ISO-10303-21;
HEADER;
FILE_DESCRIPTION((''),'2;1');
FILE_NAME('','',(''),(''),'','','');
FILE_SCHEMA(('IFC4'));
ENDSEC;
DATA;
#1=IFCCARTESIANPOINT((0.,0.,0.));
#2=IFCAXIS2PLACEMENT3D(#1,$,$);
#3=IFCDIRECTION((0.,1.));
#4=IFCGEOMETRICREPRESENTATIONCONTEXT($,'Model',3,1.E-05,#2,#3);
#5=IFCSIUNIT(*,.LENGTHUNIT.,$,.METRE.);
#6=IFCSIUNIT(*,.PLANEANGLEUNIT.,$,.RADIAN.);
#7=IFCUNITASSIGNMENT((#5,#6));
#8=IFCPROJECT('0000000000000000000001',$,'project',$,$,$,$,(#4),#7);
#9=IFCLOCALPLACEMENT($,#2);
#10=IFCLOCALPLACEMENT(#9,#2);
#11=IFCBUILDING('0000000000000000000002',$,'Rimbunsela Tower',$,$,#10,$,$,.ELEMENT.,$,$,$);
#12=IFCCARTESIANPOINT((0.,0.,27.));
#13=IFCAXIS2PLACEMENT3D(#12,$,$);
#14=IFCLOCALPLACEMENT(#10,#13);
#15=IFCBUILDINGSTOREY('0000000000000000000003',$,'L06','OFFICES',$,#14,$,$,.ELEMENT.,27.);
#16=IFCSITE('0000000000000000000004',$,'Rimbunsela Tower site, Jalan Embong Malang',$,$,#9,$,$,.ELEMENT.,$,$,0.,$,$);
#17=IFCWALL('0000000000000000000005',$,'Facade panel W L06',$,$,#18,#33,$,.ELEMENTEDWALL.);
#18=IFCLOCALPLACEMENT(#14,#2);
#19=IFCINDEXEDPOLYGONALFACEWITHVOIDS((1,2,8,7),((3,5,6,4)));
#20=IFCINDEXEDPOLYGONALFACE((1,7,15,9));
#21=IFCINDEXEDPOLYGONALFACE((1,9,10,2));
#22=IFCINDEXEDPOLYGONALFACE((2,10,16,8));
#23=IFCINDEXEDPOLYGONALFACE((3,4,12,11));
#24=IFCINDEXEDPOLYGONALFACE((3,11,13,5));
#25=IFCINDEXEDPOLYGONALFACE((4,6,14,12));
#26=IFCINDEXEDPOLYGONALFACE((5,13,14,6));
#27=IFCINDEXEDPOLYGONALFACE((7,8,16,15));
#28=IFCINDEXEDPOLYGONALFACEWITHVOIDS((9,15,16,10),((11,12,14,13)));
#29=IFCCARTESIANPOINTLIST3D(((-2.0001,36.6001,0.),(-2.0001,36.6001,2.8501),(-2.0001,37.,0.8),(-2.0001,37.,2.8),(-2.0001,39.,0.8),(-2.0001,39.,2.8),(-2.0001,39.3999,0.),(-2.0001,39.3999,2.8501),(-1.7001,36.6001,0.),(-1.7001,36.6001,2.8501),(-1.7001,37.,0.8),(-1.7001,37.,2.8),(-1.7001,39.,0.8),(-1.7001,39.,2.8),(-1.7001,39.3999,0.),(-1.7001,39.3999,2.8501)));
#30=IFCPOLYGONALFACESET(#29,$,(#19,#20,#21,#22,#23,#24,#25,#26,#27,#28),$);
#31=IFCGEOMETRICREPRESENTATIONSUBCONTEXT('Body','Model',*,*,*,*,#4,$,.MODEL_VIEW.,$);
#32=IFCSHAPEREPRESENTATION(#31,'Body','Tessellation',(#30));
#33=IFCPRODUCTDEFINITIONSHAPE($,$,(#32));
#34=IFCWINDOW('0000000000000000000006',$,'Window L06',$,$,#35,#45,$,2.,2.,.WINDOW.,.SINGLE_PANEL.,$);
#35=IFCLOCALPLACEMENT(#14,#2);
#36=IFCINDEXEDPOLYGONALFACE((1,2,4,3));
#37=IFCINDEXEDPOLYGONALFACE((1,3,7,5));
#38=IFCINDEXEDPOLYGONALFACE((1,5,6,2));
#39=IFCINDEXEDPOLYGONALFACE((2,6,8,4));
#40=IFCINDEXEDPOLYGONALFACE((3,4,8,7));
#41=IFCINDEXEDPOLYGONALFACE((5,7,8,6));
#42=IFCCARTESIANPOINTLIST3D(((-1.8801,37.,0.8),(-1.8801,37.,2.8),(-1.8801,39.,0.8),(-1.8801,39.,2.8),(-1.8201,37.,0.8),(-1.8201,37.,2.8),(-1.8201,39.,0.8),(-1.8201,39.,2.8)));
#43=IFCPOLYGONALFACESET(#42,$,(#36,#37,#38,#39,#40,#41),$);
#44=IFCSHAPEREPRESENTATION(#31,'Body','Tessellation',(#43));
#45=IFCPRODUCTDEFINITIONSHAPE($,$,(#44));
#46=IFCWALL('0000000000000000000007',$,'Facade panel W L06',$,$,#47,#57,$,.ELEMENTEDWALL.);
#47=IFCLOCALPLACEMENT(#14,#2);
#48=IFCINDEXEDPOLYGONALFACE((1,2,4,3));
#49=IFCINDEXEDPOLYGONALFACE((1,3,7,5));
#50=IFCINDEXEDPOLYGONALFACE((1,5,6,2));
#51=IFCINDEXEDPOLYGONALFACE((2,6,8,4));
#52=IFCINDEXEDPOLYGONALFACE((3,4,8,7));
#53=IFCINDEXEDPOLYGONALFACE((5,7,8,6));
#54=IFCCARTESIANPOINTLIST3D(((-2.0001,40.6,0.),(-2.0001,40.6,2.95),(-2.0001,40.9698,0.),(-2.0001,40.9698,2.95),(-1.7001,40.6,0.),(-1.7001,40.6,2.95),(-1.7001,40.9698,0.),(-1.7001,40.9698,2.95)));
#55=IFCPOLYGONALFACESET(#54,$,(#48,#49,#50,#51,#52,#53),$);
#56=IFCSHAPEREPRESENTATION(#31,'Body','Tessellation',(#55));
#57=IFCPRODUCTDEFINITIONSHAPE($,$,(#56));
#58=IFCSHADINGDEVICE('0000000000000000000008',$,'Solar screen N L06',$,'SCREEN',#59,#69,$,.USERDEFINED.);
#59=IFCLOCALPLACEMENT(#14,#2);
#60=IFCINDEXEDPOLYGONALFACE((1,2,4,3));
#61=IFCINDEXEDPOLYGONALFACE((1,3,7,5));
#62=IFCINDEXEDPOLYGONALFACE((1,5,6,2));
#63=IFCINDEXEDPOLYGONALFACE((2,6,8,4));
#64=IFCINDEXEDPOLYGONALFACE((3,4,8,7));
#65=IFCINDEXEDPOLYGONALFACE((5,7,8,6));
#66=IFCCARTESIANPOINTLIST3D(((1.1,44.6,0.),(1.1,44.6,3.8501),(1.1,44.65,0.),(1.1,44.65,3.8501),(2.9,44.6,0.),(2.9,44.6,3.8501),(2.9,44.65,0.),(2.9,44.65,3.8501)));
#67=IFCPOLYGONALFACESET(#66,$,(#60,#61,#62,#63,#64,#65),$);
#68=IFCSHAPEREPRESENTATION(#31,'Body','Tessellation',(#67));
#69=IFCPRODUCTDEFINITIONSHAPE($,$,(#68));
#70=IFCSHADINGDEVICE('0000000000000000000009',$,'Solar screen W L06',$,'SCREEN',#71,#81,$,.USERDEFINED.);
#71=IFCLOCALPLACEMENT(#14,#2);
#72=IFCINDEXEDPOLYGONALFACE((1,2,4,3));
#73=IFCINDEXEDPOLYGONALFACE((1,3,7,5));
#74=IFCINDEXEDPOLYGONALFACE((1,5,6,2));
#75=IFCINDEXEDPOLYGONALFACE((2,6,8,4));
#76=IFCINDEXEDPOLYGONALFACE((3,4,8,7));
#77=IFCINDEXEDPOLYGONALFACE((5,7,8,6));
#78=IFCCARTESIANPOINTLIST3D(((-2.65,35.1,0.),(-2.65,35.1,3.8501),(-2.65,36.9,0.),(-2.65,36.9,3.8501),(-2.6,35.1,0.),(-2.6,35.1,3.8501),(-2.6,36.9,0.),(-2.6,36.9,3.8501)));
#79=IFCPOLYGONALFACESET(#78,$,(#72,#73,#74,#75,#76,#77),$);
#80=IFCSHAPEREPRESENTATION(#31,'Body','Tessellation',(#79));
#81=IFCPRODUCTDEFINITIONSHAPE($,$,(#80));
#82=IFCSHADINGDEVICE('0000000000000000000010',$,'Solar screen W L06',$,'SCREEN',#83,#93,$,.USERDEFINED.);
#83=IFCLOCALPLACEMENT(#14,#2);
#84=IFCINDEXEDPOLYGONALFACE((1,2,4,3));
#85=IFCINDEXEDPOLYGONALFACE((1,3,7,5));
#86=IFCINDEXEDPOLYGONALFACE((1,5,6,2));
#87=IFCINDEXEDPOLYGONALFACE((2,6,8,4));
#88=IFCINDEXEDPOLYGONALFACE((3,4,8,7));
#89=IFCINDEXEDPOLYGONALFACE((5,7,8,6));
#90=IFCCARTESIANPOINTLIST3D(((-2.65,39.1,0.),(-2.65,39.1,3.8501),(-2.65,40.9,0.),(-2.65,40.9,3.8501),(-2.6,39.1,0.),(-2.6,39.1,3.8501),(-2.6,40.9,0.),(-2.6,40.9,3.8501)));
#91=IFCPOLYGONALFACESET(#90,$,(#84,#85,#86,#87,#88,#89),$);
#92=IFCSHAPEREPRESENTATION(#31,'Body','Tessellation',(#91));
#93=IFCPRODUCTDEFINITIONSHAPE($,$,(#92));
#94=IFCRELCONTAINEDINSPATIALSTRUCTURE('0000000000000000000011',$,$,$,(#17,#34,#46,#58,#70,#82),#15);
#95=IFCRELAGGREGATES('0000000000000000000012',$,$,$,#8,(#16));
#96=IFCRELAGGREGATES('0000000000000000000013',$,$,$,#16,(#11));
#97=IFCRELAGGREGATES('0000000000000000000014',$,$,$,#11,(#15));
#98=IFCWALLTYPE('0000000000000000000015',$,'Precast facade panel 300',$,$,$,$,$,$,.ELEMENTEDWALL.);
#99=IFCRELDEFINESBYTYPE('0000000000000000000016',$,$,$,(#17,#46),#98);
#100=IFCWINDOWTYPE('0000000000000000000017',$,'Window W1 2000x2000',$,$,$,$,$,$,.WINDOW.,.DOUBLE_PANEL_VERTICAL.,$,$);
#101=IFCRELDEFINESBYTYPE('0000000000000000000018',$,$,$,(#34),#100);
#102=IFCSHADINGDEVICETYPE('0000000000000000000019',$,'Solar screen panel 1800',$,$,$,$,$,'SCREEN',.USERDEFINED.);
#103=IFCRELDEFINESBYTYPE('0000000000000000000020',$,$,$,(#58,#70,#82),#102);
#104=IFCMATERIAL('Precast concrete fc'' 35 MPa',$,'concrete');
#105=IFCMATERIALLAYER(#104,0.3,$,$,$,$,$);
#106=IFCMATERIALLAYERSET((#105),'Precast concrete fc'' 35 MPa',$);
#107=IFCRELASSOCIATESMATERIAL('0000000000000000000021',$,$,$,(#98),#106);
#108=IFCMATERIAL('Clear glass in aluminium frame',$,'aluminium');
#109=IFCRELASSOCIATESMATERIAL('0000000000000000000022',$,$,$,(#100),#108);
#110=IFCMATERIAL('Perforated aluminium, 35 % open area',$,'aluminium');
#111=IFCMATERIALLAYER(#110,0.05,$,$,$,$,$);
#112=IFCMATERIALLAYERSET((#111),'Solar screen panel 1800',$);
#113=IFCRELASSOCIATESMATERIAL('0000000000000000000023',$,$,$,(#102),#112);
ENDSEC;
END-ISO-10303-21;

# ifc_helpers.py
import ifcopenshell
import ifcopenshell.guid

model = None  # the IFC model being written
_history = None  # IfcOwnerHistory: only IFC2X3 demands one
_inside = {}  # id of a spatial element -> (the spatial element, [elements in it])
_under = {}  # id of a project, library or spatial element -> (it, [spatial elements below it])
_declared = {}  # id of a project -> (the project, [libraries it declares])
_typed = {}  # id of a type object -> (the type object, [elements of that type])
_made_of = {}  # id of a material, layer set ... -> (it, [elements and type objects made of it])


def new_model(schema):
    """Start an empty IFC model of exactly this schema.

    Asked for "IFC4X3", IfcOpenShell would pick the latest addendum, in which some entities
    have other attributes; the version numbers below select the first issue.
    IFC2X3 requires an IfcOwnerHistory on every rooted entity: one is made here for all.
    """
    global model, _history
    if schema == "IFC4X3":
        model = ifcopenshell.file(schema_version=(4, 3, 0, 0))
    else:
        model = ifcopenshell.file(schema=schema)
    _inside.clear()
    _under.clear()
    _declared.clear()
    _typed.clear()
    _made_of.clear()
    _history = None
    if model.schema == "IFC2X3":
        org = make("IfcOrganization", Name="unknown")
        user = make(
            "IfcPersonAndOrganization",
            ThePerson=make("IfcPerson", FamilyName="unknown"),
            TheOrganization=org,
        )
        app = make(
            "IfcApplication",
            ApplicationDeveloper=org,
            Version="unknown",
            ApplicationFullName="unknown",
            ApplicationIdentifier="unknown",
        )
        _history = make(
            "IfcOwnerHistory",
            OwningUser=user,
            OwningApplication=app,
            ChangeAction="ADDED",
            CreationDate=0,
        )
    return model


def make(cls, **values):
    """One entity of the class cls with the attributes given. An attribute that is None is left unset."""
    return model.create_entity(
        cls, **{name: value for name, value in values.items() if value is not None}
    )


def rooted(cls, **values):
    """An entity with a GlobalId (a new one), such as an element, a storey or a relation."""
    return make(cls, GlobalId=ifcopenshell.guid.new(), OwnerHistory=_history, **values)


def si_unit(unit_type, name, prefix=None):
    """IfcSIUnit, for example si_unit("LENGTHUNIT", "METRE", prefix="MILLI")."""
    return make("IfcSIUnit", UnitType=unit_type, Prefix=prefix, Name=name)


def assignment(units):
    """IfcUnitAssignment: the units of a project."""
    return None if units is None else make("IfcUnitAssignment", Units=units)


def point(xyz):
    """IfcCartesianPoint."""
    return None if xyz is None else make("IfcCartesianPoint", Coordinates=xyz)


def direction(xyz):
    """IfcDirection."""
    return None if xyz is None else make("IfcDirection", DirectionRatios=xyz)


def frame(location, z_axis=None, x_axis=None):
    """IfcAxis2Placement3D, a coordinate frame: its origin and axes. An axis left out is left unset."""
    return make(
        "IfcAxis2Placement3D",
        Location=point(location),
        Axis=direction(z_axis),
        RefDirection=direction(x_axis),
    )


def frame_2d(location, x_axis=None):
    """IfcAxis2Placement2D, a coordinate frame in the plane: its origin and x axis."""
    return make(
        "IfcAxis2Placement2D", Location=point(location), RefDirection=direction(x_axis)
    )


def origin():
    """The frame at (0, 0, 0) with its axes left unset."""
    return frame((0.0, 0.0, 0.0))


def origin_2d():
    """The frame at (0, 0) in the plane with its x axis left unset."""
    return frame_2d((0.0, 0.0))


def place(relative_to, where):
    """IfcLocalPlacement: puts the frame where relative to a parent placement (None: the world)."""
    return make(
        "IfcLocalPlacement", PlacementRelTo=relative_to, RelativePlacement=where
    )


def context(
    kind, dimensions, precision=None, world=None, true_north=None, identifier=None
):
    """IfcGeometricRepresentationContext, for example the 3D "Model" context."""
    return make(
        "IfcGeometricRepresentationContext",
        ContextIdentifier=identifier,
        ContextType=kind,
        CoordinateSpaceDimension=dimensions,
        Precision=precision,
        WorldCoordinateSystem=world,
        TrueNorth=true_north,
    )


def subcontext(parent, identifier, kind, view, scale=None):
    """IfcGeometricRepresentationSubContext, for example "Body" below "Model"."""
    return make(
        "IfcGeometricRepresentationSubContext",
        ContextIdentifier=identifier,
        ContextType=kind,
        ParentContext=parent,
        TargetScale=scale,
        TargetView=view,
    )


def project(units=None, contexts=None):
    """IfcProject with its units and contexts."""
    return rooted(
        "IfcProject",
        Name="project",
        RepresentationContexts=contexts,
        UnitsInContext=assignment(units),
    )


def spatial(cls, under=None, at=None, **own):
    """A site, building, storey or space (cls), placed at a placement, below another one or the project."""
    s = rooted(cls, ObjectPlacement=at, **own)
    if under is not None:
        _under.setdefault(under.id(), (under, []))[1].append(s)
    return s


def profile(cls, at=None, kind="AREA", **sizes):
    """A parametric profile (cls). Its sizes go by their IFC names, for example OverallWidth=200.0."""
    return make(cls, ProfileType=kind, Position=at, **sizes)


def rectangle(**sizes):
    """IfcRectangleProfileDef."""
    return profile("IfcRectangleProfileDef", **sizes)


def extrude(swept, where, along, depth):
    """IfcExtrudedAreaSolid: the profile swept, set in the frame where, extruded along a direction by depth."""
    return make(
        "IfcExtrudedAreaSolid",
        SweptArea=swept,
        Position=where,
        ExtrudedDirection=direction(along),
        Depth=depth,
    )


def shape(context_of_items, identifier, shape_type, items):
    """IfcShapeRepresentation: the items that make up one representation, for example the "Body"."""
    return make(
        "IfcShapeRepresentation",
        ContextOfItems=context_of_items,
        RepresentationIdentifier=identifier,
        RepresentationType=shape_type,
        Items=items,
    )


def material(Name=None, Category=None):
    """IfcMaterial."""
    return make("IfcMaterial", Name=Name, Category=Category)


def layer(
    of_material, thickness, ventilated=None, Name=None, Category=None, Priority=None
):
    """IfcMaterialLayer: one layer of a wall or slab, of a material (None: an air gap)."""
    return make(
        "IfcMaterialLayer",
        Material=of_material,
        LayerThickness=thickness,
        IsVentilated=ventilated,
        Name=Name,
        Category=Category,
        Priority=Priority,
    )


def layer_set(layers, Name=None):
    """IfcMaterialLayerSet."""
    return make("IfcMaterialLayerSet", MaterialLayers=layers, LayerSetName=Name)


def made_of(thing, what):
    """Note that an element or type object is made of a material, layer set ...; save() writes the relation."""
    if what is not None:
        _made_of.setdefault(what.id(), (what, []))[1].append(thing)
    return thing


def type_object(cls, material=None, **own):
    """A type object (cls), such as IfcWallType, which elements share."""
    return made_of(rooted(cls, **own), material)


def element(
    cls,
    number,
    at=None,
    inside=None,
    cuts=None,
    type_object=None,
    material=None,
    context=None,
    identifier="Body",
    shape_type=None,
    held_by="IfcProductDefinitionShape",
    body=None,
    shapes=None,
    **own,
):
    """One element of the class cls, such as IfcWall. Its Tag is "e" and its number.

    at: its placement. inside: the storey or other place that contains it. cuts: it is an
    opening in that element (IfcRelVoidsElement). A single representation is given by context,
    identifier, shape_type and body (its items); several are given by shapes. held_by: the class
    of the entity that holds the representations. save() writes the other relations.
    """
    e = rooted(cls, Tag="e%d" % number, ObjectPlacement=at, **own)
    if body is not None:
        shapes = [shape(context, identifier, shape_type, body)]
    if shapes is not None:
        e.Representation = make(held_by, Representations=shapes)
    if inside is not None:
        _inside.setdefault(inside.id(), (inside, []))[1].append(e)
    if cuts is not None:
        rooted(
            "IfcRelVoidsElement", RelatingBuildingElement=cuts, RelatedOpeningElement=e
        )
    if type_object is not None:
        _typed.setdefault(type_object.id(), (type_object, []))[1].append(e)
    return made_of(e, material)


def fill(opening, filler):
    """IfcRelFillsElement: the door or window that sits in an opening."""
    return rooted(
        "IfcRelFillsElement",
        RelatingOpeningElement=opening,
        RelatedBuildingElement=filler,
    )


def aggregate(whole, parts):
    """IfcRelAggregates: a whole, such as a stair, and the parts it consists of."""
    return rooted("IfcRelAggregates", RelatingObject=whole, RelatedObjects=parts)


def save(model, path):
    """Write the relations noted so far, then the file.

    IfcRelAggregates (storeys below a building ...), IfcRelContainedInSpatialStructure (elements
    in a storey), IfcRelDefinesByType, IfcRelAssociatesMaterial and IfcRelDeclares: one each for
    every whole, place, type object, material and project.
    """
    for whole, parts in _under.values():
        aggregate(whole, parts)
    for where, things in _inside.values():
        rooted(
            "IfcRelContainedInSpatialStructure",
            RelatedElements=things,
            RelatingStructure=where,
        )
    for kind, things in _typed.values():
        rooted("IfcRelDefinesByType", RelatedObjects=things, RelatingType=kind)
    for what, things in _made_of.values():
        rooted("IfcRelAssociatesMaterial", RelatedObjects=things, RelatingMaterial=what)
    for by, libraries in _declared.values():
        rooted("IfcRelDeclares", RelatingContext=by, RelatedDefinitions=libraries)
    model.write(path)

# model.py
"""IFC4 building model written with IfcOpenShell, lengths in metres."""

from ifc_helpers import new_model, si_unit, direction, frame, frame_2d, origin, origin_2d, place, context, subcontext, project, spatial, rectangle, extrude, material, layer, layer_set, type_object, element, fill, save


model = new_model("IFC4")

# Units and contexts
model_context = context("Model", 3, precision=1e-05, world=origin(), true_north=direction((0.0, 1.0)))
body_context = subcontext(model_context, "Body", "Model", "MODEL_VIEW")
ifc_project = project(units=[si_unit("LENGTHUNIT", "METRE"), si_unit("PLANEANGLEUNIT", "RADIAN")], contexts=[model_context])

# Site, building, storey
site_placement = place(None, origin())
site = spatial("IfcSite", under=ifc_project, at=site_placement, Name="Rimbunsela Tower site, Jalan Embong Malang", CompositionType="ELEMENT", RefElevation=0.0)
building_placement = place(site_placement, origin())
building = spatial("IfcBuilding", under=site, at=building_placement, Name="Rimbunsela Tower", CompositionType="ELEMENT")
storey_placement = place(building_placement, frame((0.0, 0.0, 27.0)))
storey = spatial("IfcBuildingStorey", under=building, at=storey_placement, Name="L06", Description="OFFICES", CompositionType="ELEMENT", Elevation=27.0)

# Shared definitions
ifc_material_1 = material(Name="Precast concrete fc' 35 MPa", Category="concrete")
ifc_layer_1 = layer(ifc_material_1, 0.3)
ifc_layer_set_1 = layer_set([ifc_layer_1], Name="Precast concrete fc' 35 MPa")
wall_type = type_object("IfcWallType", Name="Precast facade panel 300", PredefinedType="ELEMENTEDWALL", material=ifc_layer_set_1)

# Wall, opening, window
ifc_material_2 = material(Name="Clear glass in aluminium frame", Category="aluminium")
window_type = type_object("IfcWindowType", Name="Window W1 2000x2000", PartitioningType="DOUBLE_PANEL_VERTICAL", PredefinedType="WINDOW", material=ifc_material_2)
wall_1_placement = place(storey_placement, frame((-1.8501, 39.3999, 0.0), z_axis=(0.0, 0.0, 1.0), x_axis=(0.0, -1.0, 0.0)))
wall_1 = element("IfcWall", 1, at=wall_1_placement, inside=storey, type_object=wall_type, Name="Facade panel W L06", PredefinedType="ELEMENTEDWALL", context=body_context, shape_type="SweptSolid", body=[
    extrude(rectangle(XDim=2.7998, YDim=0.3, at=frame_2d((1.3999, 0.0))), origin(), (0.0, 0.0, 1.0), 2.8501),
])
opening_1_placement = place(wall_1_placement, frame((0.3999, 0.0, 0.8)))
opening_1 = element("IfcOpeningElement", 2, at=opening_1_placement, cuts=wall_1, PredefinedType="OPENING", context=body_context, shape_type="SweptSolid", body=[
    extrude(rectangle(XDim=2.0, YDim=2.0, at=frame_2d((1.0, 1.0))), frame((0.0, 0.1599, 0.0), z_axis=(0.0, -1.0, 0.0), x_axis=(1.0, 0.0, 0.0)), (0.0, 0.0, 1.0), 0.3201),
])
window_1_placement = place(opening_1_placement, origin())
window_1 = element("IfcWindow", 3, at=window_1_placement, inside=storey, type_object=window_type, Name="Window L06", OverallHeight=2.0, OverallWidth=2.0, PartitioningType="SINGLE_PANEL", PredefinedType="WINDOW", context=body_context, shape_type="SweptSolid", body=[
    extrude(rectangle(XDim=2.0, YDim=2.0, at=frame_2d((1.0, 1.0))), frame((0.0, 0.03, 0.0), z_axis=(0.0, -1.0, 0.0), x_axis=(1.0, 0.0, 0.0)), (0.0, 0.0, 1.0), 0.0601),
])
fill(opening_1, window_1)

# Wall
wall_2_placement = place(storey_placement, frame((-1.8501, 40.97, 0.0), z_axis=(0.0, 0.0, 1.0), x_axis=(0.0, -1.0, 0.0)))
element("IfcWall", 4, at=wall_2_placement, inside=storey, type_object=wall_type, Name="Facade panel W L06", PredefinedType="ELEMENTEDWALL", context=body_context, shape_type="SweptSolid", body=[
    extrude(rectangle(XDim=0.3699, YDim=0.3, at=frame_2d((0.1851, 0.0))), origin(), (0.0, 0.0, 1.0), 2.95),
])

# Shading devices
ifc_material_3 = material(Name="Perforated aluminium, 35 % open area", Category="aluminium")
ifc_layer_2 = layer(ifc_material_3, 0.05)
ifc_layer_set_2 = layer_set([ifc_layer_2], Name="Solar screen panel 1800")
shading_device_type = type_object("IfcShadingDeviceType", Name="Solar screen panel 1800", ElementType="SCREEN", PredefinedType="USERDEFINED", material=ifc_layer_set_2)
for number, where, z_axis, x_axis, name in (
    (5, (2.0, 44.625, 0.0), (0.0, 0.0, 1.0), (1.0, 0.0, 0.0), "Solar screen N L06"),
    (6, (-2.625, 36.0, 0.0), (0.0, 0.0, 1.0), (0.0, 1.0, 0.0), "Solar screen W L06"),
    (7, (-2.625, 40.0, 0.0), (0.0, 0.0, 1.0), (0.0, 1.0, 0.0), "Solar screen W L06"),
):
    element("IfcShadingDevice", number, at=place(storey_placement, frame(where, z_axis=z_axis, x_axis=x_axis)), inside=storey, type_object=shading_device_type, Name=name, ObjectType="SCREEN", PredefinedType="USERDEFINED", context=body_context, shape_type="SweptSolid", body=[
        extrude(rectangle(XDim=1.8, YDim=0.05, at=origin_2d()), origin(), (0.0, 0.0, 1.0), 3.8501),
    ])

save(model, "model.ifc")
